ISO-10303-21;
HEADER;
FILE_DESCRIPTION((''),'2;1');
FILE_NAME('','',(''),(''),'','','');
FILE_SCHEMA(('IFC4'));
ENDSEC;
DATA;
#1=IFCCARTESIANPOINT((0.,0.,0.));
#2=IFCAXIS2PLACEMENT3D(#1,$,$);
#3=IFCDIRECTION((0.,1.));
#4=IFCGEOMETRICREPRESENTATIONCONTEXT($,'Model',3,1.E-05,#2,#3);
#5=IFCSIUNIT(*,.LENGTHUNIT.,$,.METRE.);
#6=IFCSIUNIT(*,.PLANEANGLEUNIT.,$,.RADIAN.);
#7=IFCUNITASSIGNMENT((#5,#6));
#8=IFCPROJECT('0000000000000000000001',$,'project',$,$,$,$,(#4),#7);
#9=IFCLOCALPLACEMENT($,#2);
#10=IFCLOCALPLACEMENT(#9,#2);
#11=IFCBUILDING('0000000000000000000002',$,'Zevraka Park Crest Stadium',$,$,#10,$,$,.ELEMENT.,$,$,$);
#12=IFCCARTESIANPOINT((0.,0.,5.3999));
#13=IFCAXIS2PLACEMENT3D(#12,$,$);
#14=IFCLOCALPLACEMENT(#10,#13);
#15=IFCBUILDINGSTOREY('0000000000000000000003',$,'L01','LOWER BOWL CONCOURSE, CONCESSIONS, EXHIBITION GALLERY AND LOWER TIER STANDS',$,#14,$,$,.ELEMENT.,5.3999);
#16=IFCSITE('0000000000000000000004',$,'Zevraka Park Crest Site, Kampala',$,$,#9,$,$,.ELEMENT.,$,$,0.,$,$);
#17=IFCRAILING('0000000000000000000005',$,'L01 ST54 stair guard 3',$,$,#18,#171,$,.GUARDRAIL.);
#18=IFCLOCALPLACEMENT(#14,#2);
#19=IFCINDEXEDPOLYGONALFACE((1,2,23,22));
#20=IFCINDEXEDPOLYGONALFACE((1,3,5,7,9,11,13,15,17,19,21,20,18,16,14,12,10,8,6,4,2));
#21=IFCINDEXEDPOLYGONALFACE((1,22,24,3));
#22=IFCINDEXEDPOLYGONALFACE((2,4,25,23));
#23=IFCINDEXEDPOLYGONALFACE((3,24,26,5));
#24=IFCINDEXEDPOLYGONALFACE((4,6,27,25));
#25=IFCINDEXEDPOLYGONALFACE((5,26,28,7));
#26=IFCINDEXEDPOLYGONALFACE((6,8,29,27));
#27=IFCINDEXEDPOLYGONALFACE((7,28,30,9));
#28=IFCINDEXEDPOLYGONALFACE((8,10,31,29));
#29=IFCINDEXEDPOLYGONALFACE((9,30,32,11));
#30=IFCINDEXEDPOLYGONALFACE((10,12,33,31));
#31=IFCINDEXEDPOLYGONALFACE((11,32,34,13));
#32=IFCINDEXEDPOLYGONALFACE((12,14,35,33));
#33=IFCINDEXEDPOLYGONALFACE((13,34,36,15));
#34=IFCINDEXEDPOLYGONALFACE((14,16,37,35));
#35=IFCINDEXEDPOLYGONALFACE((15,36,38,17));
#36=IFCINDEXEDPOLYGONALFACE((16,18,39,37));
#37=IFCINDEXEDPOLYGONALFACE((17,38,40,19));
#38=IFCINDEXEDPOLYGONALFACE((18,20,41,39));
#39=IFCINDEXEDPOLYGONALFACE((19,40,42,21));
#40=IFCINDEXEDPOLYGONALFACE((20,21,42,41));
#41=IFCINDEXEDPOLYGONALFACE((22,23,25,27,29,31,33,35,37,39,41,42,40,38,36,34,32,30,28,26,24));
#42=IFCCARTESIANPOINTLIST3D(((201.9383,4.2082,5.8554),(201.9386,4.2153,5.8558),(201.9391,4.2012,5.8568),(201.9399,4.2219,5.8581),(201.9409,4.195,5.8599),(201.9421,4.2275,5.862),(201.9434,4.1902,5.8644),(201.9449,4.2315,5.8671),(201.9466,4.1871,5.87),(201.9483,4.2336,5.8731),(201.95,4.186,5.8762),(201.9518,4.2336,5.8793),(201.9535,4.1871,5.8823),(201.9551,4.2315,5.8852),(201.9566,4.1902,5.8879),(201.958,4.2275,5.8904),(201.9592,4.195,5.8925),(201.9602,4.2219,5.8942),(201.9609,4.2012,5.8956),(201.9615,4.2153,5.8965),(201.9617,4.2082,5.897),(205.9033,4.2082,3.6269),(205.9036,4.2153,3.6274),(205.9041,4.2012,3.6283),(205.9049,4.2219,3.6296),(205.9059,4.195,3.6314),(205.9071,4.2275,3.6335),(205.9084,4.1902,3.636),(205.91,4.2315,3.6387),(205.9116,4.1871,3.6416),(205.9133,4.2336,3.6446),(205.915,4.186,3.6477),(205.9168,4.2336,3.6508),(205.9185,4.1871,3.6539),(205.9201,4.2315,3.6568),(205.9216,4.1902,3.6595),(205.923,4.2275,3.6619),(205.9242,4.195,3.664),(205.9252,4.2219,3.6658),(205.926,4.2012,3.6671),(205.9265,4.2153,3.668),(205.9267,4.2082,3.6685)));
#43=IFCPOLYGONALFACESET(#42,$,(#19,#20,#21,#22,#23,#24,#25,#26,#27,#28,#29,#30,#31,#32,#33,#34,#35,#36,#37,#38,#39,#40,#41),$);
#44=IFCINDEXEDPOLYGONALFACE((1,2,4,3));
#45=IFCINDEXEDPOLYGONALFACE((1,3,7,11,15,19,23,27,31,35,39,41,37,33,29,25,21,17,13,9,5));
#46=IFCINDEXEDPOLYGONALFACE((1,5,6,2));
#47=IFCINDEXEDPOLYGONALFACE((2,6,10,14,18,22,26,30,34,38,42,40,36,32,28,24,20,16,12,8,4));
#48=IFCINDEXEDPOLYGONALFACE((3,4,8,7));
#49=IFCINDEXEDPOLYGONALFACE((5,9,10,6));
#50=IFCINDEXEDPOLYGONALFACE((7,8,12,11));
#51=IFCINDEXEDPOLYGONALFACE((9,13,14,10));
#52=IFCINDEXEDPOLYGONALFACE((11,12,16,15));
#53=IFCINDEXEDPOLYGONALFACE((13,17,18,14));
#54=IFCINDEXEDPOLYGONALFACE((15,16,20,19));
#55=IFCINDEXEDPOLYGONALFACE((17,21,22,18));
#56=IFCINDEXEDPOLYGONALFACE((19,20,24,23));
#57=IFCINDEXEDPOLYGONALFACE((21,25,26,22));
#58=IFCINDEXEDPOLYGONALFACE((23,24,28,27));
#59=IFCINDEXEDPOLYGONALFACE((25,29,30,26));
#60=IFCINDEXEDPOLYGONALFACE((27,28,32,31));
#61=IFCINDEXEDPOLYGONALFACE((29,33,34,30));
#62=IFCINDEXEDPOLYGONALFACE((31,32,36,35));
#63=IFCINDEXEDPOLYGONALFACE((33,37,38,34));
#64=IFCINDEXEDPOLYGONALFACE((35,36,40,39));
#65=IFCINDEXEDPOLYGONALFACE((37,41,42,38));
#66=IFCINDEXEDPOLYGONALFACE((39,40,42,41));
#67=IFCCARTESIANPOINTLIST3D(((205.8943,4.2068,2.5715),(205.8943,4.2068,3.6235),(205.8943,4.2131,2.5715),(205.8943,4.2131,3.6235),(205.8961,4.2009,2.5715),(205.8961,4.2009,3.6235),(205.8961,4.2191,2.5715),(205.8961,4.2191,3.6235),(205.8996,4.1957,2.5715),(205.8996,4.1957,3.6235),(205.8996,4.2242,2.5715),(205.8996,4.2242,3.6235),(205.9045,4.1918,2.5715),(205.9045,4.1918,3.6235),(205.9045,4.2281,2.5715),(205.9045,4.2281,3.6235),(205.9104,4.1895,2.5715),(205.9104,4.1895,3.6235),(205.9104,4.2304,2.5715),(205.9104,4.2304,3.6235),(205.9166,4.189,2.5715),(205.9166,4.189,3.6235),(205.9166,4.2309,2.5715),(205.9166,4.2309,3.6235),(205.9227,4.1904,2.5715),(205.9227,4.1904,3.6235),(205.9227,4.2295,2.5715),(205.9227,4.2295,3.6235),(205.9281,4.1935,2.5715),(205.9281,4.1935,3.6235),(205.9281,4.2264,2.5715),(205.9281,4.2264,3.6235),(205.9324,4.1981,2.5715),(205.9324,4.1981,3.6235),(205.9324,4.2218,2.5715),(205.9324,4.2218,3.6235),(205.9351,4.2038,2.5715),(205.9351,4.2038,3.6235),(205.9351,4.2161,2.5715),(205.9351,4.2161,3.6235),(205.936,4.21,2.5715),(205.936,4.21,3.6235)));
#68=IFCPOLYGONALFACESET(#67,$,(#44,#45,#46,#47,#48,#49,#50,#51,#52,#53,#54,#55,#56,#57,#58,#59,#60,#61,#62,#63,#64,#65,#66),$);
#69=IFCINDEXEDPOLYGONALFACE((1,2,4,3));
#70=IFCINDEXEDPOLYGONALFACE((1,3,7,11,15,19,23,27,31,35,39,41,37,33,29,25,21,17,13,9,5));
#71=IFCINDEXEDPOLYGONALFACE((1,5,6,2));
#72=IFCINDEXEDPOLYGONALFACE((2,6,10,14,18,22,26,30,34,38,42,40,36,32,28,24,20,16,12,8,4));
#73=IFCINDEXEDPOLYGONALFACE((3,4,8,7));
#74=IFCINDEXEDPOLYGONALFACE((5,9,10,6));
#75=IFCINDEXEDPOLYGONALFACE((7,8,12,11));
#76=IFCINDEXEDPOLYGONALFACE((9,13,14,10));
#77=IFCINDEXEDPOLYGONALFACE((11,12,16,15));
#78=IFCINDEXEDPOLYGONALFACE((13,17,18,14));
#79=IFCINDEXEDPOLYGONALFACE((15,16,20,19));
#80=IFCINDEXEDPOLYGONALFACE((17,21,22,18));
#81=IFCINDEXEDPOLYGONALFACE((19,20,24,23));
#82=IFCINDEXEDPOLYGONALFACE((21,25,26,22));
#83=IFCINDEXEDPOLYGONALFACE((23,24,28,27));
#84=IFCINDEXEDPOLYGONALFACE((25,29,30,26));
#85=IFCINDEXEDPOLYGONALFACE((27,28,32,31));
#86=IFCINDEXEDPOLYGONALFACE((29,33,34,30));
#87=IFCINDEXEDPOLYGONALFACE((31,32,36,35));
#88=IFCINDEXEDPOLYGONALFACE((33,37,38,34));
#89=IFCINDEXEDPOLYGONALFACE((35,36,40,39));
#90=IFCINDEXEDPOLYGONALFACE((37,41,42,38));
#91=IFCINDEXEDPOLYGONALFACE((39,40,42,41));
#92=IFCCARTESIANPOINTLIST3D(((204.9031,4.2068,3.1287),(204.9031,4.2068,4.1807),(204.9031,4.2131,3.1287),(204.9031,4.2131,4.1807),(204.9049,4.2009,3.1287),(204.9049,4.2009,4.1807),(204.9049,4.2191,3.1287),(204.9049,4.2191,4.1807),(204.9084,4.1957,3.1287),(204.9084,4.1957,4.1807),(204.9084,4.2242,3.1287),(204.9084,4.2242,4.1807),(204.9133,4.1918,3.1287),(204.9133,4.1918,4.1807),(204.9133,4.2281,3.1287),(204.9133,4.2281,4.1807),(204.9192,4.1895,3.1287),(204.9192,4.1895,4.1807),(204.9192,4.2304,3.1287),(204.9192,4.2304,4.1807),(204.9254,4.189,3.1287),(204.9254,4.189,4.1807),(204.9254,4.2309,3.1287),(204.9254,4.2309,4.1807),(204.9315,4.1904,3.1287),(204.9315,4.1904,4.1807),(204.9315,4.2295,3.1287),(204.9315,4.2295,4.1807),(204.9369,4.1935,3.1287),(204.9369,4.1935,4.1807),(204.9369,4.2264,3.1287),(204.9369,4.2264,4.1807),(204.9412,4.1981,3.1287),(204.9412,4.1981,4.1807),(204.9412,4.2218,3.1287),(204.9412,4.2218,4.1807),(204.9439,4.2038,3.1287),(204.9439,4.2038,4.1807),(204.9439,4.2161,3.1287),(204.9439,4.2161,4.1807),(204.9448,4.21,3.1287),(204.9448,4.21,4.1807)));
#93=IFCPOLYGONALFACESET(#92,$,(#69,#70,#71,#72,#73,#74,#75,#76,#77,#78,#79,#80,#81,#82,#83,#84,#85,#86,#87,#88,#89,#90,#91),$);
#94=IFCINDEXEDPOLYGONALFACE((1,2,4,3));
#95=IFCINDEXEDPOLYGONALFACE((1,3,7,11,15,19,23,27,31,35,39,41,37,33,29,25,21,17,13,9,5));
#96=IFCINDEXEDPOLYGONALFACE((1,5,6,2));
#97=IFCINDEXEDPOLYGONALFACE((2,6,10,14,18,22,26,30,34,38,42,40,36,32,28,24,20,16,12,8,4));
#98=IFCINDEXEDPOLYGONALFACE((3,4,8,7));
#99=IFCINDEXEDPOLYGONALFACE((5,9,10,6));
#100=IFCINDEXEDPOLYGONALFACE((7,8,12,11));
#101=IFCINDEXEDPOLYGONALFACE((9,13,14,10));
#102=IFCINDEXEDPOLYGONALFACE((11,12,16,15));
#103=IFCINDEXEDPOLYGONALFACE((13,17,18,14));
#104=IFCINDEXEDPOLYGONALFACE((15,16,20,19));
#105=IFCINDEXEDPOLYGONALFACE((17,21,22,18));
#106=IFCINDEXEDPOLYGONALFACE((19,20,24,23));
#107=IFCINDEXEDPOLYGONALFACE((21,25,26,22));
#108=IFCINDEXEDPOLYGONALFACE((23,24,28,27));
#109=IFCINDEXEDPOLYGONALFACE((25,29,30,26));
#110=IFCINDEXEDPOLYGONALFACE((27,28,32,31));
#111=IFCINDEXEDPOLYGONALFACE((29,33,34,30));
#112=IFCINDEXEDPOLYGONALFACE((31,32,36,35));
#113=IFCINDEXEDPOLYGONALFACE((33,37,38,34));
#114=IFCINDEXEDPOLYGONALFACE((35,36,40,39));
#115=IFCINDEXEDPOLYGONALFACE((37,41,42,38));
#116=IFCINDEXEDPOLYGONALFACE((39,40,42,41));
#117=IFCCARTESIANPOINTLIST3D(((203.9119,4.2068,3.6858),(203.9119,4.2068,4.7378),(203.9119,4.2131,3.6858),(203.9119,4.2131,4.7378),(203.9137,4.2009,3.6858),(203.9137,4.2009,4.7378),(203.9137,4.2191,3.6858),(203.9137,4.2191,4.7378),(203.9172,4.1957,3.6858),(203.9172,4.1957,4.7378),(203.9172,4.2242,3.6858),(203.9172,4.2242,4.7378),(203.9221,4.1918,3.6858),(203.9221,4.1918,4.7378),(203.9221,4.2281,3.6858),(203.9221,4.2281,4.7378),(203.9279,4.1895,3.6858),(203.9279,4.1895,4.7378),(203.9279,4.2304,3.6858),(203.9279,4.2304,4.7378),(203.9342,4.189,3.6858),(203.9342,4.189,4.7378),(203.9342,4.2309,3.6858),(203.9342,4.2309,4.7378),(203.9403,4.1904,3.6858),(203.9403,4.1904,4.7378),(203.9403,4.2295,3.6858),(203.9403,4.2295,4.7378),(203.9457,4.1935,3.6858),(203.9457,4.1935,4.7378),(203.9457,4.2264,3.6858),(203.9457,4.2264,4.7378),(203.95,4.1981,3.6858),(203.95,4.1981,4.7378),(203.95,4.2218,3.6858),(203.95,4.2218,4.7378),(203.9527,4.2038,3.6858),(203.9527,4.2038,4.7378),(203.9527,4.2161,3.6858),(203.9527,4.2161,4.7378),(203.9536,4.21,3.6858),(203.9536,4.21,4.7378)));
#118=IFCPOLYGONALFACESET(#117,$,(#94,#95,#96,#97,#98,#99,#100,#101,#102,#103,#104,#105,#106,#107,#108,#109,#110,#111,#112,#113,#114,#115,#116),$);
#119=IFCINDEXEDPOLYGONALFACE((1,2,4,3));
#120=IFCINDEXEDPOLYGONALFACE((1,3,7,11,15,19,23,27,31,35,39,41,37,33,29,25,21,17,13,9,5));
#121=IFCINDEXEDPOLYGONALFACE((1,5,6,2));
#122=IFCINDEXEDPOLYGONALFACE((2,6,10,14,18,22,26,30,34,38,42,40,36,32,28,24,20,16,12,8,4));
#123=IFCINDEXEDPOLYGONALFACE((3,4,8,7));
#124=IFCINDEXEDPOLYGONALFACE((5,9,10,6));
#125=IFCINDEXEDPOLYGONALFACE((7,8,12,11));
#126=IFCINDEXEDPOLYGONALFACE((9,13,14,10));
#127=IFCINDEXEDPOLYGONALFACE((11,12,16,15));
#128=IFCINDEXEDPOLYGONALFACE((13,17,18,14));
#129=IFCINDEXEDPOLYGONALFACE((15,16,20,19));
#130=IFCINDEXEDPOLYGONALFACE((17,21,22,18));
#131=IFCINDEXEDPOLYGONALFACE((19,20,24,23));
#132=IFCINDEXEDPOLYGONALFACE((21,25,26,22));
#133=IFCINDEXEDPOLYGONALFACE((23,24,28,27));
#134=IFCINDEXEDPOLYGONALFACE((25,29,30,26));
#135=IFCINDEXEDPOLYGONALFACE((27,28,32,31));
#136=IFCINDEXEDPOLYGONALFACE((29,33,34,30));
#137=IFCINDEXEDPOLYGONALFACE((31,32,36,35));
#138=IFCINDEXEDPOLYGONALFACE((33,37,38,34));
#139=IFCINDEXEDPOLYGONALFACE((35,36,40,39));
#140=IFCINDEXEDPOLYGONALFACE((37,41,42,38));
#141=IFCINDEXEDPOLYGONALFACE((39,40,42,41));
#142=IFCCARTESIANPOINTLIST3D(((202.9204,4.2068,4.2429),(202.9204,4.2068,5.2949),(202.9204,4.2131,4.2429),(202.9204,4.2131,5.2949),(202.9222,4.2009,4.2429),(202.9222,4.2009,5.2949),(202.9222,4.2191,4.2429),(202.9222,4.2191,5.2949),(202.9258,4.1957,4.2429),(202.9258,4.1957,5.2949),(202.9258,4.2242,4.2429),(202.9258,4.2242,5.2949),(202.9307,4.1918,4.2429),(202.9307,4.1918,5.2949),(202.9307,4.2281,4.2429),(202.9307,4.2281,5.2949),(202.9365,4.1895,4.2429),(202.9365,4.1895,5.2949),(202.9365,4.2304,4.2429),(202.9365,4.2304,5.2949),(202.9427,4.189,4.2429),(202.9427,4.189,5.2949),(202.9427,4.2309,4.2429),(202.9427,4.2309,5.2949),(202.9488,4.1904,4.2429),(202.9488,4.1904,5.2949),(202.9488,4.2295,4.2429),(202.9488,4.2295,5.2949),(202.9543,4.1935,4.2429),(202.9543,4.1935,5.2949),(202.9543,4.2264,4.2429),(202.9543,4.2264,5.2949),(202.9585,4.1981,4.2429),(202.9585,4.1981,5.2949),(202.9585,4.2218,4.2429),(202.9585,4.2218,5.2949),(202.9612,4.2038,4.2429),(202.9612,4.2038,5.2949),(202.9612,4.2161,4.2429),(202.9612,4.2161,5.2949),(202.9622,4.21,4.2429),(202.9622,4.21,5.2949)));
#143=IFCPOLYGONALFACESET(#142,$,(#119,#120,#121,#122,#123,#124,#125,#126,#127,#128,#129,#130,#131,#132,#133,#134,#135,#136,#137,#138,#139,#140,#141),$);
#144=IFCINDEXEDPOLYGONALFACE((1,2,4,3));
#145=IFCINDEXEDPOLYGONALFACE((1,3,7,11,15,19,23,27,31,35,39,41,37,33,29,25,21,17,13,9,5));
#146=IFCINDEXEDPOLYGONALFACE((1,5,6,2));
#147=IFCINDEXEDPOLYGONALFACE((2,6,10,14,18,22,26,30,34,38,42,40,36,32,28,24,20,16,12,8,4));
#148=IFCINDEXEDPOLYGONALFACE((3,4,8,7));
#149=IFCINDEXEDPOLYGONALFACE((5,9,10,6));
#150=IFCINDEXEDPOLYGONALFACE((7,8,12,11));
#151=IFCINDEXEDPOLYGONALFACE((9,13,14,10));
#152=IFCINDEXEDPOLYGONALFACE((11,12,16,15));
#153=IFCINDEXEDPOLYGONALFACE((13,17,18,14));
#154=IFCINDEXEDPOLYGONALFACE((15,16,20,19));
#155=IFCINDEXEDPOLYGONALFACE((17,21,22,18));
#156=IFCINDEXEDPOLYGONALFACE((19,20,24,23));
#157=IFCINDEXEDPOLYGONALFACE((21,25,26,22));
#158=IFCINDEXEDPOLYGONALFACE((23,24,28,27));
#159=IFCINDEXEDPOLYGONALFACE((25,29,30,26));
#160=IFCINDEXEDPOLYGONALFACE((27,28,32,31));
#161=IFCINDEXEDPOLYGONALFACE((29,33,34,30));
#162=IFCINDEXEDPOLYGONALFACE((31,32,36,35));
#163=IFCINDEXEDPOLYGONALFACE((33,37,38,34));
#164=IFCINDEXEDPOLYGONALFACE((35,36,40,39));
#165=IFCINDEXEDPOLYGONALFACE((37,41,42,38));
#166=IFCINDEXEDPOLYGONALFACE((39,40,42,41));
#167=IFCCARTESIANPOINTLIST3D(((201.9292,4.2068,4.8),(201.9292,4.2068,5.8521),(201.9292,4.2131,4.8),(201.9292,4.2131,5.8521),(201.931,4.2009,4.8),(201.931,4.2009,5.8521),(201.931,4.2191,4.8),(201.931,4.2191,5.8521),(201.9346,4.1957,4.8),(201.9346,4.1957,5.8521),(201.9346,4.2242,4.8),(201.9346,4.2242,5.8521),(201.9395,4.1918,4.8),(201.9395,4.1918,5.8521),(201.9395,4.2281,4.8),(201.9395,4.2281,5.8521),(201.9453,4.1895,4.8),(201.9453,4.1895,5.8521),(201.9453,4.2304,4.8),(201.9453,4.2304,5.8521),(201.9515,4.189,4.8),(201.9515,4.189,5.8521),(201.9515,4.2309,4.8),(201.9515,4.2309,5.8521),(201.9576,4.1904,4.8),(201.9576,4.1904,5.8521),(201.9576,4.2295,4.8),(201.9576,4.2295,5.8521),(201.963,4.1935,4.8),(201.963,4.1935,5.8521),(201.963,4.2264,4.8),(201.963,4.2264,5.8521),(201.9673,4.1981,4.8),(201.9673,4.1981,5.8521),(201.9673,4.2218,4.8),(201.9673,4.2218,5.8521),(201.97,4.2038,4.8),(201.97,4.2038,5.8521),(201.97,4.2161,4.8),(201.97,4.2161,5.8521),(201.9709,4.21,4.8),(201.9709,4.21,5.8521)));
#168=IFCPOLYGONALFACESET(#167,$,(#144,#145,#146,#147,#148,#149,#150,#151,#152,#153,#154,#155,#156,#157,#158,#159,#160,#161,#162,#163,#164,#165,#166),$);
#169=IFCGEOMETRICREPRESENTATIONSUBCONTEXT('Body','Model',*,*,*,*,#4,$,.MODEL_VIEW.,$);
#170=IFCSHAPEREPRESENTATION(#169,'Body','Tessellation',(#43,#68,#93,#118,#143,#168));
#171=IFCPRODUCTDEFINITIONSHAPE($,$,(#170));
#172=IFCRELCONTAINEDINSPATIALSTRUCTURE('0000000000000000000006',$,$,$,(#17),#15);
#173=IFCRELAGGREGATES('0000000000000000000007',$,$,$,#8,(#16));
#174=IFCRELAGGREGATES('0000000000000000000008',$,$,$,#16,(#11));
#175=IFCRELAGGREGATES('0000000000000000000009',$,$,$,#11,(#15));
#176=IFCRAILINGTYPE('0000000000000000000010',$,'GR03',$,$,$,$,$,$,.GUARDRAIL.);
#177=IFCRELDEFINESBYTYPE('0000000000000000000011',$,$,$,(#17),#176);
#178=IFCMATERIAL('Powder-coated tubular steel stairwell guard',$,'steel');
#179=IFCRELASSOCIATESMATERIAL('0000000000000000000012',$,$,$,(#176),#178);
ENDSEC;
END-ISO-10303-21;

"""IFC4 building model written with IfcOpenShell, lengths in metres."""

from ifc_helpers import new_model, si_unit, direction, frame, origin, origin_2d, place, context, subcontext, project, spatial, circle, extrude, material, type_object, element, save


model = new_model("IFC4")

# Units and contexts
model_context = context("Model", 3, precision=1e-05, world=origin(), true_north=direction((0.0, 1.0)))
body_context = subcontext(model_context, "Body", "Model", "MODEL_VIEW")
ifc_project = project(units=[si_unit("LENGTHUNIT", "METRE"), si_unit("PLANEANGLEUNIT", "RADIAN")], contexts=[model_context])

# Site, building, storey
site_placement = place(None, origin())
site = spatial("IfcSite", under=ifc_project, at=site_placement, Name="Zevraka Park Crest Site, Kampala", CompositionType="ELEMENT", RefElevation=0.0)
building_placement = place(site_placement, origin())
building = spatial("IfcBuilding", under=site, at=building_placement, Name="Zevraka Park Crest Stadium", CompositionType="ELEMENT")
storey_placement = place(building_placement, frame((0.0, 0.0, 5.3999)))
storey = spatial("IfcBuildingStorey", under=building, at=storey_placement, Name="L01", Description="LOWER BOWL CONCOURSE, CONCESSIONS, EXHIBITION GALLERY AND LOWER TIER STANDS", CompositionType="ELEMENT", Elevation=5.3999)

# Railing
ifc_material_1 = material(Name="Powder-coated tubular steel stairwell guard", Category="steel")
railing_type_1 = type_object("IfcRailingType", Name="GR03", PredefinedType="GUARDRAIL", material=ifc_material_1)
railing_1_placement = place(storey_placement, frame((205.915, 4.21, 2.5715)))
element("IfcRailing", 1, at=railing_1_placement, inside=storey, type_object=railing_type_1, Name="L01 ST54 stair guard 3", PredefinedType="GUARDRAIL", context=body_context, shape_type="SweptSolid", body=[
    extrude(circle(Radius=0.0239, at=origin_2d()), frame((0.0, 0.0, 1.0762), z_axis=(-0.871749, 0.0, 0.489953), x_axis=(0.0, -1.0, 0.0)), (0.0, 0.0, 1.0), 4.5483),
    extrude(circle(Radius=0.021, at=origin_2d()), origin(), (0.0, 0.0, 1.0), 1.052),
    extrude(circle(Radius=0.021, at=origin_2d()), frame((-0.9912, 0.0, 0.5571)), (0.0, 0.0, 1.0), 1.052),
    extrude(circle(Radius=0.021, at=origin_2d()), frame((-1.9824, 0.0, 1.1143)), (0.0, 0.0, 1.0), 1.052),
    extrude(circle(Radius=0.021, at=origin_2d()), frame((-2.9739, 0.0, 1.6714)), (0.0, 0.0, 1.0), 1.052),
    extrude(circle(Radius=0.021, at=origin_2d()), frame((-3.9651, 0.0, 2.2285)), (0.0, 0.0, 1.0), 1.052),
])

save(model, "model.ifc")
